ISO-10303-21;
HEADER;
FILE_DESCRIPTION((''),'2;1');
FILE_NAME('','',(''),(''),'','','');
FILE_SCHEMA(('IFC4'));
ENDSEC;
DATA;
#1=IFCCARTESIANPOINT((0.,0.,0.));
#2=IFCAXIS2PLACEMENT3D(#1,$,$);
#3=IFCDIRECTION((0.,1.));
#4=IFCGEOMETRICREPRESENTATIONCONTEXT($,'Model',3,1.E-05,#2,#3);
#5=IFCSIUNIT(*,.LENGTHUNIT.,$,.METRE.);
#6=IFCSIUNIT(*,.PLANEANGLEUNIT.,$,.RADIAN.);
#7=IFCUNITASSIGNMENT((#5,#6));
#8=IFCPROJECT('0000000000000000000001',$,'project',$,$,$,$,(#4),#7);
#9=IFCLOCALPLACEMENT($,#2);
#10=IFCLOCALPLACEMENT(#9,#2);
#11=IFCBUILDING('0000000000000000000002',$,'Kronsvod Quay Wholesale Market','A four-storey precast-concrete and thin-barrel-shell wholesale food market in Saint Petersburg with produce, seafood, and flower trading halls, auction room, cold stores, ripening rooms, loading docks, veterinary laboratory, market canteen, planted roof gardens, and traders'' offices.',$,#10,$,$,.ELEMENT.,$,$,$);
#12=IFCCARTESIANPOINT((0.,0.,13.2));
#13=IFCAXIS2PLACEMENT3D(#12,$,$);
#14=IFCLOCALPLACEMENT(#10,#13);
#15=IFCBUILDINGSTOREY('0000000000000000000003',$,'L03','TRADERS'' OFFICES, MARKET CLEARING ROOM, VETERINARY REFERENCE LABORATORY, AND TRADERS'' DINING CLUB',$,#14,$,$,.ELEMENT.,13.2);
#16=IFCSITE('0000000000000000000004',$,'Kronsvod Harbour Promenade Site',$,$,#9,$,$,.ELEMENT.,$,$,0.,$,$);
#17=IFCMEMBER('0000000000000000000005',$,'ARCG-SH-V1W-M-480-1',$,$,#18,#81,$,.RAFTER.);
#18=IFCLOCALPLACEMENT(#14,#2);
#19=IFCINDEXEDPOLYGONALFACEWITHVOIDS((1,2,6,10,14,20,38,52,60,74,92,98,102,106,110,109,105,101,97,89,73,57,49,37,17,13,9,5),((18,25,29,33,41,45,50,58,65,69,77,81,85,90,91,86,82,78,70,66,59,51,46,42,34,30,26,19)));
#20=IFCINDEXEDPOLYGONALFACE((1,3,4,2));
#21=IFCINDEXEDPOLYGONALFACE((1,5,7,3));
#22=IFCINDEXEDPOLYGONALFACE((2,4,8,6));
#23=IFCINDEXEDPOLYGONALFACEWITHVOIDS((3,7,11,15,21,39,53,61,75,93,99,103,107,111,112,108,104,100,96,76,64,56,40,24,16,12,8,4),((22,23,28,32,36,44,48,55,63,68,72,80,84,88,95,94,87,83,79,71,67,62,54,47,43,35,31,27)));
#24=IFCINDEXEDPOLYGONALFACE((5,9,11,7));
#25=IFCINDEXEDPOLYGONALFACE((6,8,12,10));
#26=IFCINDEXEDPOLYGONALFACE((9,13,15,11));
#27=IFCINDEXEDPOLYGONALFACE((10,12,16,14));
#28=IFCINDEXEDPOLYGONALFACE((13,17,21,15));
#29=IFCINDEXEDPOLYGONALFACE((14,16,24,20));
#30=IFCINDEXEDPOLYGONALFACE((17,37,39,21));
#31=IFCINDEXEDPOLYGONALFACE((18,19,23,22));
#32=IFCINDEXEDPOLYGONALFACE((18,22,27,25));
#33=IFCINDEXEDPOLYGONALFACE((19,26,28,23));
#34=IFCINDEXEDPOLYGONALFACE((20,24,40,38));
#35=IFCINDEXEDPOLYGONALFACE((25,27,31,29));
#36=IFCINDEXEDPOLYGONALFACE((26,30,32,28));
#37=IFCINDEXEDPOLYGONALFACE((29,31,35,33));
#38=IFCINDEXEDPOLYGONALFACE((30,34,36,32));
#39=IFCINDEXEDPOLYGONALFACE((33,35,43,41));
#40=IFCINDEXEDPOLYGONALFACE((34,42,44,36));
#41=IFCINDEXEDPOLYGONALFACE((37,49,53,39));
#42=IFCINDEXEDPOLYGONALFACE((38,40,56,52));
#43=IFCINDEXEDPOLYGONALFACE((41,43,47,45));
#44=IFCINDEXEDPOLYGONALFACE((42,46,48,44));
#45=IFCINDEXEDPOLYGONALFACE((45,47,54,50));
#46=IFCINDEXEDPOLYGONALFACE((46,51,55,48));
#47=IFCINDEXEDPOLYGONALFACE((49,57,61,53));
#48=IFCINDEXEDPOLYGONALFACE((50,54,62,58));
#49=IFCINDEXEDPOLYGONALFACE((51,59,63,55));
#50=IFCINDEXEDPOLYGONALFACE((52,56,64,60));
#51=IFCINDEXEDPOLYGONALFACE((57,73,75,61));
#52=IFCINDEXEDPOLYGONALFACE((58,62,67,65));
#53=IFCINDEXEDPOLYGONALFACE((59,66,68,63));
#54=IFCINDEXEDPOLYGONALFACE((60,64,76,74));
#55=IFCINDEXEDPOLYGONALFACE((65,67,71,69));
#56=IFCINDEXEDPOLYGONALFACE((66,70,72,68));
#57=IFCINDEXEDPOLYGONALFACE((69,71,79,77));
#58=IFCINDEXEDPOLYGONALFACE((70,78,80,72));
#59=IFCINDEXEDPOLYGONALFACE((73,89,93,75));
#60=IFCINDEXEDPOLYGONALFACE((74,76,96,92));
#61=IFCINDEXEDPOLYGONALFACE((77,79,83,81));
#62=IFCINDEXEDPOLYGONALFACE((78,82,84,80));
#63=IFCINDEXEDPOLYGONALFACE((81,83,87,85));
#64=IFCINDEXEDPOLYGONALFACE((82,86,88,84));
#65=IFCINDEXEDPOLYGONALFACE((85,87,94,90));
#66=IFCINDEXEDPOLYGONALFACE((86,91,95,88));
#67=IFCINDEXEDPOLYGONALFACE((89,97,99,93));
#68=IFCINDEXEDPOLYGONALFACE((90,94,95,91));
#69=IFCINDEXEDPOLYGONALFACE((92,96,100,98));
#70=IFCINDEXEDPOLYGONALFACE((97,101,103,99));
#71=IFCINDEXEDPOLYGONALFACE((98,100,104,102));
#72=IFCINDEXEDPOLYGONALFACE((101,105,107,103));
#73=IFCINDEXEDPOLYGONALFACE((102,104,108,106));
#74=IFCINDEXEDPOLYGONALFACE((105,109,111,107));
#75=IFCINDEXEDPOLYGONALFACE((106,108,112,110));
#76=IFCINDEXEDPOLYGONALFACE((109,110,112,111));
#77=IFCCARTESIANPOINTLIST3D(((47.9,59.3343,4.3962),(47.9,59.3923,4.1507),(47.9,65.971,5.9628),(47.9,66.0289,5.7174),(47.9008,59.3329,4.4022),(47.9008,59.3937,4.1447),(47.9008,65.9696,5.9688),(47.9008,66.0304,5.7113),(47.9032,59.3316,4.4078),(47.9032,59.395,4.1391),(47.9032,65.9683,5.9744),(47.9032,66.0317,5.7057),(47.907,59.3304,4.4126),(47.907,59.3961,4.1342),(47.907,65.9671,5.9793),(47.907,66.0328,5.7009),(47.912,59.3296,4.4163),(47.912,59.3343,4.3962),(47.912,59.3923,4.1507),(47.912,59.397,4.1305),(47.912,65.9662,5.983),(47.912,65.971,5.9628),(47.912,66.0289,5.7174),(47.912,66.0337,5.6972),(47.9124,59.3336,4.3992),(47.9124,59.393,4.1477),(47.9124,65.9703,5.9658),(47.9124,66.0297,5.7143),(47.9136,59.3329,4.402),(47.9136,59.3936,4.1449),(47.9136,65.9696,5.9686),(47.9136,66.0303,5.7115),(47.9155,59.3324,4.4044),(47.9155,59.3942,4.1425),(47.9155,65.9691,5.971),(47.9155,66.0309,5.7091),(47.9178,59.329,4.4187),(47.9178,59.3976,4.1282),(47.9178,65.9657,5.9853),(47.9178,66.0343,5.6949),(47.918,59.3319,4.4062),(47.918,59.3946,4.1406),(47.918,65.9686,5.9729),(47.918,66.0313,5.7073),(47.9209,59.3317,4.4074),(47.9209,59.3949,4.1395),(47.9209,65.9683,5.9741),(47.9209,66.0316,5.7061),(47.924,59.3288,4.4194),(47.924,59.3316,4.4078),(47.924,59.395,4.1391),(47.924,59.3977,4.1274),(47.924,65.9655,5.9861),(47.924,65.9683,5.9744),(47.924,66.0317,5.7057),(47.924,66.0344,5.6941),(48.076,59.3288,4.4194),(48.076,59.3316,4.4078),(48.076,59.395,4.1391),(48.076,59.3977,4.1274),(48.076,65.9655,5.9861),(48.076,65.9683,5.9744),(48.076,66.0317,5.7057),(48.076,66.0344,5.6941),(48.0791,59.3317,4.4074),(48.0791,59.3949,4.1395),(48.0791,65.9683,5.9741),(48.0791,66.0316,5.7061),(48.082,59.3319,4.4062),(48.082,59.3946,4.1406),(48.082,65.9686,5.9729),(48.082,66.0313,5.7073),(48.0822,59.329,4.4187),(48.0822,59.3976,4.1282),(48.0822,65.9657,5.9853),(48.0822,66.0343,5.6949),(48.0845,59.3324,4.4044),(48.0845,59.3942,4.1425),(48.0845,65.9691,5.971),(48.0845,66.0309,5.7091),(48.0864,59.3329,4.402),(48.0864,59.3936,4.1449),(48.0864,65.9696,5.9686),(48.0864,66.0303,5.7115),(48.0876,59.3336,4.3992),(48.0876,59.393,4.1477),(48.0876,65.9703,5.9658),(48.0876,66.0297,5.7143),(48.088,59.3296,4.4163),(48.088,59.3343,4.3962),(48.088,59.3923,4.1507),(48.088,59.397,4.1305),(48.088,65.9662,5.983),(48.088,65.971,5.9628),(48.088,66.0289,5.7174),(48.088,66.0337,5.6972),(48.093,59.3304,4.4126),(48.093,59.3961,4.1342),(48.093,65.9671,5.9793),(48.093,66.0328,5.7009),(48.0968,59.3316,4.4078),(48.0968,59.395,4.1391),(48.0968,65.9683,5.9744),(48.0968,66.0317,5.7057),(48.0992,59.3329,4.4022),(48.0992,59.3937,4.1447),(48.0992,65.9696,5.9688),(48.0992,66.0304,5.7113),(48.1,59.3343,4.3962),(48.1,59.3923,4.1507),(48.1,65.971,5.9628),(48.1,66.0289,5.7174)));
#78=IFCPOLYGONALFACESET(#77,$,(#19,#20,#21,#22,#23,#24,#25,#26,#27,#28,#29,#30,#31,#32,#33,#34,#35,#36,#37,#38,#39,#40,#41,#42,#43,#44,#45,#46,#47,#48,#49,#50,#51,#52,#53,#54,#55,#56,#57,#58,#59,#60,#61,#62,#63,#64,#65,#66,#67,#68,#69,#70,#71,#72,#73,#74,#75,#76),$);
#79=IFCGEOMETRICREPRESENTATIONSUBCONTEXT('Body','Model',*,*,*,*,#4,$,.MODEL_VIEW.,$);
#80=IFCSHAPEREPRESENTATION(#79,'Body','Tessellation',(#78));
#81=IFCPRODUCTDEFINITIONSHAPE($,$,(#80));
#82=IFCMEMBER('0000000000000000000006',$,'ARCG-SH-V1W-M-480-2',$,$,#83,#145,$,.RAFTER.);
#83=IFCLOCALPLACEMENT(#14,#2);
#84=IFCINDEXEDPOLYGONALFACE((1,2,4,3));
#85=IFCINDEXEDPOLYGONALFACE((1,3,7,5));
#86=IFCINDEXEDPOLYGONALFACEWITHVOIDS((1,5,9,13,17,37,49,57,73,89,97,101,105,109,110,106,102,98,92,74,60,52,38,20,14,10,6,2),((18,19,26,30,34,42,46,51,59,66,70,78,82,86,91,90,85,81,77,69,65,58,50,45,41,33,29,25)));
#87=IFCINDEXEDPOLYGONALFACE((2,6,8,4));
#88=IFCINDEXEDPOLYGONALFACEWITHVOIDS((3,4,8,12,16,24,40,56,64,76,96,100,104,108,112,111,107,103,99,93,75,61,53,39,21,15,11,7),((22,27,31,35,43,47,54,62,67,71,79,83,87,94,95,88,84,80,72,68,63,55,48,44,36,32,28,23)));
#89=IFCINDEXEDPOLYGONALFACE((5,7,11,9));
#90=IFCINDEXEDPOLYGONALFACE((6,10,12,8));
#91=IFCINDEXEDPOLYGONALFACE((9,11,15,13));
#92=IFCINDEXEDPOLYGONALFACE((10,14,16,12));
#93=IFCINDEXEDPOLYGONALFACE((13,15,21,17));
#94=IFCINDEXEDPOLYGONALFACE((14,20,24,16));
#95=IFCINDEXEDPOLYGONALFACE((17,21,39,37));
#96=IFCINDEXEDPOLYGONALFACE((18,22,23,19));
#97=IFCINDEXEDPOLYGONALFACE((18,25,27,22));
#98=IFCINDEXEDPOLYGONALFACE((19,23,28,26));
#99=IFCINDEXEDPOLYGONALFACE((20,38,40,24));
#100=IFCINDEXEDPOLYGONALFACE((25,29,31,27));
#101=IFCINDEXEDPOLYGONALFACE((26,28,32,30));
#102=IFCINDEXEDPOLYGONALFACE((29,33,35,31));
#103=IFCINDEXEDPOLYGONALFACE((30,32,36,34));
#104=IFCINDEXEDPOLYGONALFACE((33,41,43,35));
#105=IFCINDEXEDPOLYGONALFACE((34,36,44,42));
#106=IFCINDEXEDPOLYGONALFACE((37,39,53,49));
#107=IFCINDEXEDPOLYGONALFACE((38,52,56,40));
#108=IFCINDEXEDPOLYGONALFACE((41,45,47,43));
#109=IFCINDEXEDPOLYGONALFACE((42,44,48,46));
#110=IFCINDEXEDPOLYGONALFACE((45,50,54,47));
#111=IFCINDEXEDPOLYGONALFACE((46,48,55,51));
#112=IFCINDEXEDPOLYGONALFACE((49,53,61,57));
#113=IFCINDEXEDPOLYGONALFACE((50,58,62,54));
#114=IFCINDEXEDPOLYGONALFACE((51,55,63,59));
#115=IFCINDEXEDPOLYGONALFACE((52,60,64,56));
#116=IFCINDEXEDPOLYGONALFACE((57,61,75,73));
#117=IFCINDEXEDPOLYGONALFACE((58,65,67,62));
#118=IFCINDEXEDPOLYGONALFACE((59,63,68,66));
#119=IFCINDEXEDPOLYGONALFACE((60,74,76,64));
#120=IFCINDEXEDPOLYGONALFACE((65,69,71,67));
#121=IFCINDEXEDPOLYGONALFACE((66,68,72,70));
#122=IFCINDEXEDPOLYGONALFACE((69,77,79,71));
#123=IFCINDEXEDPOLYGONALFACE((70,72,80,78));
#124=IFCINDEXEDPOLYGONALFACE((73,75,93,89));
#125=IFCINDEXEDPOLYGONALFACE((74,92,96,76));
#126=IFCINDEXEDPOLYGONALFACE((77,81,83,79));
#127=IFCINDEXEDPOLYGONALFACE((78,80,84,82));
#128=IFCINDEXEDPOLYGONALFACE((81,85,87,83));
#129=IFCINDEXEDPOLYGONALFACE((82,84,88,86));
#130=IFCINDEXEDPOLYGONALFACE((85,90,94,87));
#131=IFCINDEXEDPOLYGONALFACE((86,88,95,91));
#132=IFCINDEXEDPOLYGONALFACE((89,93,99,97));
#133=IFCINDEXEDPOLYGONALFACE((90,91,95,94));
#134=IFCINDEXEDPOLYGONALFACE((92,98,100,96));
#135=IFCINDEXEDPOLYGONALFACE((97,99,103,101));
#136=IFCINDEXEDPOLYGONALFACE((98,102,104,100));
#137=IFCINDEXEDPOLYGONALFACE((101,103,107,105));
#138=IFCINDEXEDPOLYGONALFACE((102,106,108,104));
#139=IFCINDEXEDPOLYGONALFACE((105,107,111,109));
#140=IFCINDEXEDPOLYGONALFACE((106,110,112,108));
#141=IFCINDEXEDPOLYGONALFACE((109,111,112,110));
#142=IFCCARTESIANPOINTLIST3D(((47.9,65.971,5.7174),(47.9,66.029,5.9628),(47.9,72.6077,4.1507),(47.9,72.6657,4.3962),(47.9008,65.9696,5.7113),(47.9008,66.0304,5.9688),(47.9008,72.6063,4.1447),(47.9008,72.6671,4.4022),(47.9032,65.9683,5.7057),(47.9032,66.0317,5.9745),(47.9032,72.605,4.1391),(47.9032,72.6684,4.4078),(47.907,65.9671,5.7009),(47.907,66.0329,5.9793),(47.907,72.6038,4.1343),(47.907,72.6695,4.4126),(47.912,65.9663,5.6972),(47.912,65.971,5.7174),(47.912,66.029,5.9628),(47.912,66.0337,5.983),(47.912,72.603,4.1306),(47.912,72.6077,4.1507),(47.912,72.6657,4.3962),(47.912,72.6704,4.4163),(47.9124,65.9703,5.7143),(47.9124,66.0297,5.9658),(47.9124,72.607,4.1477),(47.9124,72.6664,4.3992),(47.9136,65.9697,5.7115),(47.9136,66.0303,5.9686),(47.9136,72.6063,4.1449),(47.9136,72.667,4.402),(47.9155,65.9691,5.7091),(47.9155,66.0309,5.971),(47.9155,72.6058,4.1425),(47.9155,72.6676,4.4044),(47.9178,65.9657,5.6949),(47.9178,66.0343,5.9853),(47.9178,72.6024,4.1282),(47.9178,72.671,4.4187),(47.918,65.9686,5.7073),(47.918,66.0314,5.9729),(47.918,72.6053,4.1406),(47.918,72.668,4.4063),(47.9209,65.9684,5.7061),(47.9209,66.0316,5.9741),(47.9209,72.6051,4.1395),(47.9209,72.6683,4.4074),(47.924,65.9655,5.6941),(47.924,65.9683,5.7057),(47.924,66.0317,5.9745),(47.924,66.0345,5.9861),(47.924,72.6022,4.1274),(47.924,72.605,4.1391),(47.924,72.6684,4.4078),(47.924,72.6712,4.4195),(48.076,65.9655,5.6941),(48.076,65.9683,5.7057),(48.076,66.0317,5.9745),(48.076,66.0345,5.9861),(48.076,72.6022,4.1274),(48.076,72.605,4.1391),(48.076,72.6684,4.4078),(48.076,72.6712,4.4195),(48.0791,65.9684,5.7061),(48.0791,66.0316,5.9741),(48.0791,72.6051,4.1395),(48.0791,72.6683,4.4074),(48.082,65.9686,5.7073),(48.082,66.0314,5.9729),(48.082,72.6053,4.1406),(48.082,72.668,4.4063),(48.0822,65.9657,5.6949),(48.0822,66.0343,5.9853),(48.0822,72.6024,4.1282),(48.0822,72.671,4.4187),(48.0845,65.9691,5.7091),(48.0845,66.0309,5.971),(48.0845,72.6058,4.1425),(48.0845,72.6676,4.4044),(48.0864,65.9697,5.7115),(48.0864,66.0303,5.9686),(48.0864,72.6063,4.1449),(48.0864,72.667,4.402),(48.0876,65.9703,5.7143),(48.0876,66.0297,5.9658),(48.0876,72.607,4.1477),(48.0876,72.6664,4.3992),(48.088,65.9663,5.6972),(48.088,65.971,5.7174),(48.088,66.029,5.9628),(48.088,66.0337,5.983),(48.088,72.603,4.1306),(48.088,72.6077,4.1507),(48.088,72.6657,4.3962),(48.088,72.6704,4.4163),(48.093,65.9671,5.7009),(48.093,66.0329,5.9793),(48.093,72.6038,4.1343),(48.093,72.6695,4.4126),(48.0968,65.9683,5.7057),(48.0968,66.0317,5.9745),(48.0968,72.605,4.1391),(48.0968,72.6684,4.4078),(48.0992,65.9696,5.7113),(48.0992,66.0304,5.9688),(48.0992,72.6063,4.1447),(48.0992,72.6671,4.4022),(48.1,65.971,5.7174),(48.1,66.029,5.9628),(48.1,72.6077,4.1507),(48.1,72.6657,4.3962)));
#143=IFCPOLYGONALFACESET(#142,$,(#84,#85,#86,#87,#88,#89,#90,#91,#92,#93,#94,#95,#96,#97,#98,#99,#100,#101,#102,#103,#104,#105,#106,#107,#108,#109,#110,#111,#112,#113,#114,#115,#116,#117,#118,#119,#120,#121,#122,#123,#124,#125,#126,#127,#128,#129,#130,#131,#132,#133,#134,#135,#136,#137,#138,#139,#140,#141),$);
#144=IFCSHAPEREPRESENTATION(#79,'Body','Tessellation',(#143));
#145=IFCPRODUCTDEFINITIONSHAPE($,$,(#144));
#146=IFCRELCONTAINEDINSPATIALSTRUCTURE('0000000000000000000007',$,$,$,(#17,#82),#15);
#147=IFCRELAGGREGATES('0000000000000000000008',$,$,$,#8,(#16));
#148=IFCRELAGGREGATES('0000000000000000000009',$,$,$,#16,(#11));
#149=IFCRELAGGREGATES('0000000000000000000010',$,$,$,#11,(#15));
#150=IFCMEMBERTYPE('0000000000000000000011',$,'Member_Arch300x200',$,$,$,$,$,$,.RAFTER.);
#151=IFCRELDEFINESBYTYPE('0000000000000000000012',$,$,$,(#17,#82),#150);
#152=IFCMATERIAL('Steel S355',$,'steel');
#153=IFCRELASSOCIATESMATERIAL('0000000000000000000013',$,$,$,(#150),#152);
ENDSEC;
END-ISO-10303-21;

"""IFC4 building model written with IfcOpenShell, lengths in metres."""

from ifc_helpers import new_model, si_unit, direction, frame, origin, origin_2d, place, context, subcontext, project, spatial, hollow_rectangle, extrude, material, material_profile, profile_set, type_object, element, save


model = new_model("IFC4")

# Units and contexts
model_context = context("Model", 3, precision=1e-05, world=origin(), true_north=direction((0.0, 1.0)))
body_context = subcontext(model_context, "Body", "Model", "MODEL_VIEW")
ifc_project = project(units=[si_unit("LENGTHUNIT", "METRE"), si_unit("PLANEANGLEUNIT", "RADIAN")], contexts=[model_context])

# Site, building, storey
site_placement = place(None, origin())
site = spatial("IfcSite", under=ifc_project, at=site_placement, Name="Kronsvod Harbour Promenade Site", CompositionType="ELEMENT", RefElevation=0.0)
building_placement = place(site_placement, origin())
building = spatial("IfcBuilding", under=site, at=building_placement, Name="Kronsvod Quay Wholesale Market", Description="A four-storey precast-concrete and thin-barrel-shell wholesale food market in Saint Petersburg with produce, seafood, and flower trading halls, auction room, cold stores, ripening rooms, loading docks, veterinary laboratory, market canteen, planted roof gardens, and traders' offices.", CompositionType="ELEMENT")
storey_placement = place(building_placement, frame((0.0, 0.0, 13.2)))
storey = spatial("IfcBuildingStorey", under=building, at=storey_placement, Name="L03", Description="TRADERS' OFFICES, MARKET CLEARING ROOM, VETERINARY REFERENCE LABORATORY, AND TRADERS' DINING CLUB", CompositionType="ELEMENT", Elevation=13.2)

# Members
ifc_material_1 = material(Name="Steel S355", Category="steel")
ifc_material_profile_1 = material_profile(ifc_material_1, hollow_rectangle(XDim=0.2, YDim=0.3, WallThickness=0.012, InnerFilletRadius=0.012, OuterFilletRadius=0.0239, at=origin_2d()), Name="RHS300x200x12")
ifc_profile_set_1 = profile_set([ifc_material_profile_1], Name="Steel S355")
member_type_1 = type_object("IfcMemberType", Name="Member_Arch300x200", PredefinedType="RAFTER", material=ifc_profile_set_1)
for number, where, z_axis, x_axis, name in (
    (1, (48.0, 59.3633, 4.2734), (0.0, 0.973251, 0.229744), (-1.0, 0.0, 0.0), "ARCG-SH-V1W-M-480-1"),
    (2, (48.0, 66.0, 5.8401), (0.0, 0.973251, -0.229744), (-1.0, 0.0, 0.0), "ARCG-SH-V1W-M-480-2"),
):
    element("IfcMember", number, at=place(storey_placement, frame(where, z_axis=z_axis, x_axis=x_axis)), inside=storey, type_object=member_type_1, Name=name, PredefinedType="RAFTER", context=body_context, shape_type="SweptSolid", body=[
        extrude(hollow_rectangle(XDim=0.2, YDim=0.3, WallThickness=0.012, InnerFilletRadius=0.012, OuterFilletRadius=0.0239, at=origin_2d()), origin(), (0.0, 0.0, 1.0), 6.8191),
    ])

save(model, "model.ifc")
